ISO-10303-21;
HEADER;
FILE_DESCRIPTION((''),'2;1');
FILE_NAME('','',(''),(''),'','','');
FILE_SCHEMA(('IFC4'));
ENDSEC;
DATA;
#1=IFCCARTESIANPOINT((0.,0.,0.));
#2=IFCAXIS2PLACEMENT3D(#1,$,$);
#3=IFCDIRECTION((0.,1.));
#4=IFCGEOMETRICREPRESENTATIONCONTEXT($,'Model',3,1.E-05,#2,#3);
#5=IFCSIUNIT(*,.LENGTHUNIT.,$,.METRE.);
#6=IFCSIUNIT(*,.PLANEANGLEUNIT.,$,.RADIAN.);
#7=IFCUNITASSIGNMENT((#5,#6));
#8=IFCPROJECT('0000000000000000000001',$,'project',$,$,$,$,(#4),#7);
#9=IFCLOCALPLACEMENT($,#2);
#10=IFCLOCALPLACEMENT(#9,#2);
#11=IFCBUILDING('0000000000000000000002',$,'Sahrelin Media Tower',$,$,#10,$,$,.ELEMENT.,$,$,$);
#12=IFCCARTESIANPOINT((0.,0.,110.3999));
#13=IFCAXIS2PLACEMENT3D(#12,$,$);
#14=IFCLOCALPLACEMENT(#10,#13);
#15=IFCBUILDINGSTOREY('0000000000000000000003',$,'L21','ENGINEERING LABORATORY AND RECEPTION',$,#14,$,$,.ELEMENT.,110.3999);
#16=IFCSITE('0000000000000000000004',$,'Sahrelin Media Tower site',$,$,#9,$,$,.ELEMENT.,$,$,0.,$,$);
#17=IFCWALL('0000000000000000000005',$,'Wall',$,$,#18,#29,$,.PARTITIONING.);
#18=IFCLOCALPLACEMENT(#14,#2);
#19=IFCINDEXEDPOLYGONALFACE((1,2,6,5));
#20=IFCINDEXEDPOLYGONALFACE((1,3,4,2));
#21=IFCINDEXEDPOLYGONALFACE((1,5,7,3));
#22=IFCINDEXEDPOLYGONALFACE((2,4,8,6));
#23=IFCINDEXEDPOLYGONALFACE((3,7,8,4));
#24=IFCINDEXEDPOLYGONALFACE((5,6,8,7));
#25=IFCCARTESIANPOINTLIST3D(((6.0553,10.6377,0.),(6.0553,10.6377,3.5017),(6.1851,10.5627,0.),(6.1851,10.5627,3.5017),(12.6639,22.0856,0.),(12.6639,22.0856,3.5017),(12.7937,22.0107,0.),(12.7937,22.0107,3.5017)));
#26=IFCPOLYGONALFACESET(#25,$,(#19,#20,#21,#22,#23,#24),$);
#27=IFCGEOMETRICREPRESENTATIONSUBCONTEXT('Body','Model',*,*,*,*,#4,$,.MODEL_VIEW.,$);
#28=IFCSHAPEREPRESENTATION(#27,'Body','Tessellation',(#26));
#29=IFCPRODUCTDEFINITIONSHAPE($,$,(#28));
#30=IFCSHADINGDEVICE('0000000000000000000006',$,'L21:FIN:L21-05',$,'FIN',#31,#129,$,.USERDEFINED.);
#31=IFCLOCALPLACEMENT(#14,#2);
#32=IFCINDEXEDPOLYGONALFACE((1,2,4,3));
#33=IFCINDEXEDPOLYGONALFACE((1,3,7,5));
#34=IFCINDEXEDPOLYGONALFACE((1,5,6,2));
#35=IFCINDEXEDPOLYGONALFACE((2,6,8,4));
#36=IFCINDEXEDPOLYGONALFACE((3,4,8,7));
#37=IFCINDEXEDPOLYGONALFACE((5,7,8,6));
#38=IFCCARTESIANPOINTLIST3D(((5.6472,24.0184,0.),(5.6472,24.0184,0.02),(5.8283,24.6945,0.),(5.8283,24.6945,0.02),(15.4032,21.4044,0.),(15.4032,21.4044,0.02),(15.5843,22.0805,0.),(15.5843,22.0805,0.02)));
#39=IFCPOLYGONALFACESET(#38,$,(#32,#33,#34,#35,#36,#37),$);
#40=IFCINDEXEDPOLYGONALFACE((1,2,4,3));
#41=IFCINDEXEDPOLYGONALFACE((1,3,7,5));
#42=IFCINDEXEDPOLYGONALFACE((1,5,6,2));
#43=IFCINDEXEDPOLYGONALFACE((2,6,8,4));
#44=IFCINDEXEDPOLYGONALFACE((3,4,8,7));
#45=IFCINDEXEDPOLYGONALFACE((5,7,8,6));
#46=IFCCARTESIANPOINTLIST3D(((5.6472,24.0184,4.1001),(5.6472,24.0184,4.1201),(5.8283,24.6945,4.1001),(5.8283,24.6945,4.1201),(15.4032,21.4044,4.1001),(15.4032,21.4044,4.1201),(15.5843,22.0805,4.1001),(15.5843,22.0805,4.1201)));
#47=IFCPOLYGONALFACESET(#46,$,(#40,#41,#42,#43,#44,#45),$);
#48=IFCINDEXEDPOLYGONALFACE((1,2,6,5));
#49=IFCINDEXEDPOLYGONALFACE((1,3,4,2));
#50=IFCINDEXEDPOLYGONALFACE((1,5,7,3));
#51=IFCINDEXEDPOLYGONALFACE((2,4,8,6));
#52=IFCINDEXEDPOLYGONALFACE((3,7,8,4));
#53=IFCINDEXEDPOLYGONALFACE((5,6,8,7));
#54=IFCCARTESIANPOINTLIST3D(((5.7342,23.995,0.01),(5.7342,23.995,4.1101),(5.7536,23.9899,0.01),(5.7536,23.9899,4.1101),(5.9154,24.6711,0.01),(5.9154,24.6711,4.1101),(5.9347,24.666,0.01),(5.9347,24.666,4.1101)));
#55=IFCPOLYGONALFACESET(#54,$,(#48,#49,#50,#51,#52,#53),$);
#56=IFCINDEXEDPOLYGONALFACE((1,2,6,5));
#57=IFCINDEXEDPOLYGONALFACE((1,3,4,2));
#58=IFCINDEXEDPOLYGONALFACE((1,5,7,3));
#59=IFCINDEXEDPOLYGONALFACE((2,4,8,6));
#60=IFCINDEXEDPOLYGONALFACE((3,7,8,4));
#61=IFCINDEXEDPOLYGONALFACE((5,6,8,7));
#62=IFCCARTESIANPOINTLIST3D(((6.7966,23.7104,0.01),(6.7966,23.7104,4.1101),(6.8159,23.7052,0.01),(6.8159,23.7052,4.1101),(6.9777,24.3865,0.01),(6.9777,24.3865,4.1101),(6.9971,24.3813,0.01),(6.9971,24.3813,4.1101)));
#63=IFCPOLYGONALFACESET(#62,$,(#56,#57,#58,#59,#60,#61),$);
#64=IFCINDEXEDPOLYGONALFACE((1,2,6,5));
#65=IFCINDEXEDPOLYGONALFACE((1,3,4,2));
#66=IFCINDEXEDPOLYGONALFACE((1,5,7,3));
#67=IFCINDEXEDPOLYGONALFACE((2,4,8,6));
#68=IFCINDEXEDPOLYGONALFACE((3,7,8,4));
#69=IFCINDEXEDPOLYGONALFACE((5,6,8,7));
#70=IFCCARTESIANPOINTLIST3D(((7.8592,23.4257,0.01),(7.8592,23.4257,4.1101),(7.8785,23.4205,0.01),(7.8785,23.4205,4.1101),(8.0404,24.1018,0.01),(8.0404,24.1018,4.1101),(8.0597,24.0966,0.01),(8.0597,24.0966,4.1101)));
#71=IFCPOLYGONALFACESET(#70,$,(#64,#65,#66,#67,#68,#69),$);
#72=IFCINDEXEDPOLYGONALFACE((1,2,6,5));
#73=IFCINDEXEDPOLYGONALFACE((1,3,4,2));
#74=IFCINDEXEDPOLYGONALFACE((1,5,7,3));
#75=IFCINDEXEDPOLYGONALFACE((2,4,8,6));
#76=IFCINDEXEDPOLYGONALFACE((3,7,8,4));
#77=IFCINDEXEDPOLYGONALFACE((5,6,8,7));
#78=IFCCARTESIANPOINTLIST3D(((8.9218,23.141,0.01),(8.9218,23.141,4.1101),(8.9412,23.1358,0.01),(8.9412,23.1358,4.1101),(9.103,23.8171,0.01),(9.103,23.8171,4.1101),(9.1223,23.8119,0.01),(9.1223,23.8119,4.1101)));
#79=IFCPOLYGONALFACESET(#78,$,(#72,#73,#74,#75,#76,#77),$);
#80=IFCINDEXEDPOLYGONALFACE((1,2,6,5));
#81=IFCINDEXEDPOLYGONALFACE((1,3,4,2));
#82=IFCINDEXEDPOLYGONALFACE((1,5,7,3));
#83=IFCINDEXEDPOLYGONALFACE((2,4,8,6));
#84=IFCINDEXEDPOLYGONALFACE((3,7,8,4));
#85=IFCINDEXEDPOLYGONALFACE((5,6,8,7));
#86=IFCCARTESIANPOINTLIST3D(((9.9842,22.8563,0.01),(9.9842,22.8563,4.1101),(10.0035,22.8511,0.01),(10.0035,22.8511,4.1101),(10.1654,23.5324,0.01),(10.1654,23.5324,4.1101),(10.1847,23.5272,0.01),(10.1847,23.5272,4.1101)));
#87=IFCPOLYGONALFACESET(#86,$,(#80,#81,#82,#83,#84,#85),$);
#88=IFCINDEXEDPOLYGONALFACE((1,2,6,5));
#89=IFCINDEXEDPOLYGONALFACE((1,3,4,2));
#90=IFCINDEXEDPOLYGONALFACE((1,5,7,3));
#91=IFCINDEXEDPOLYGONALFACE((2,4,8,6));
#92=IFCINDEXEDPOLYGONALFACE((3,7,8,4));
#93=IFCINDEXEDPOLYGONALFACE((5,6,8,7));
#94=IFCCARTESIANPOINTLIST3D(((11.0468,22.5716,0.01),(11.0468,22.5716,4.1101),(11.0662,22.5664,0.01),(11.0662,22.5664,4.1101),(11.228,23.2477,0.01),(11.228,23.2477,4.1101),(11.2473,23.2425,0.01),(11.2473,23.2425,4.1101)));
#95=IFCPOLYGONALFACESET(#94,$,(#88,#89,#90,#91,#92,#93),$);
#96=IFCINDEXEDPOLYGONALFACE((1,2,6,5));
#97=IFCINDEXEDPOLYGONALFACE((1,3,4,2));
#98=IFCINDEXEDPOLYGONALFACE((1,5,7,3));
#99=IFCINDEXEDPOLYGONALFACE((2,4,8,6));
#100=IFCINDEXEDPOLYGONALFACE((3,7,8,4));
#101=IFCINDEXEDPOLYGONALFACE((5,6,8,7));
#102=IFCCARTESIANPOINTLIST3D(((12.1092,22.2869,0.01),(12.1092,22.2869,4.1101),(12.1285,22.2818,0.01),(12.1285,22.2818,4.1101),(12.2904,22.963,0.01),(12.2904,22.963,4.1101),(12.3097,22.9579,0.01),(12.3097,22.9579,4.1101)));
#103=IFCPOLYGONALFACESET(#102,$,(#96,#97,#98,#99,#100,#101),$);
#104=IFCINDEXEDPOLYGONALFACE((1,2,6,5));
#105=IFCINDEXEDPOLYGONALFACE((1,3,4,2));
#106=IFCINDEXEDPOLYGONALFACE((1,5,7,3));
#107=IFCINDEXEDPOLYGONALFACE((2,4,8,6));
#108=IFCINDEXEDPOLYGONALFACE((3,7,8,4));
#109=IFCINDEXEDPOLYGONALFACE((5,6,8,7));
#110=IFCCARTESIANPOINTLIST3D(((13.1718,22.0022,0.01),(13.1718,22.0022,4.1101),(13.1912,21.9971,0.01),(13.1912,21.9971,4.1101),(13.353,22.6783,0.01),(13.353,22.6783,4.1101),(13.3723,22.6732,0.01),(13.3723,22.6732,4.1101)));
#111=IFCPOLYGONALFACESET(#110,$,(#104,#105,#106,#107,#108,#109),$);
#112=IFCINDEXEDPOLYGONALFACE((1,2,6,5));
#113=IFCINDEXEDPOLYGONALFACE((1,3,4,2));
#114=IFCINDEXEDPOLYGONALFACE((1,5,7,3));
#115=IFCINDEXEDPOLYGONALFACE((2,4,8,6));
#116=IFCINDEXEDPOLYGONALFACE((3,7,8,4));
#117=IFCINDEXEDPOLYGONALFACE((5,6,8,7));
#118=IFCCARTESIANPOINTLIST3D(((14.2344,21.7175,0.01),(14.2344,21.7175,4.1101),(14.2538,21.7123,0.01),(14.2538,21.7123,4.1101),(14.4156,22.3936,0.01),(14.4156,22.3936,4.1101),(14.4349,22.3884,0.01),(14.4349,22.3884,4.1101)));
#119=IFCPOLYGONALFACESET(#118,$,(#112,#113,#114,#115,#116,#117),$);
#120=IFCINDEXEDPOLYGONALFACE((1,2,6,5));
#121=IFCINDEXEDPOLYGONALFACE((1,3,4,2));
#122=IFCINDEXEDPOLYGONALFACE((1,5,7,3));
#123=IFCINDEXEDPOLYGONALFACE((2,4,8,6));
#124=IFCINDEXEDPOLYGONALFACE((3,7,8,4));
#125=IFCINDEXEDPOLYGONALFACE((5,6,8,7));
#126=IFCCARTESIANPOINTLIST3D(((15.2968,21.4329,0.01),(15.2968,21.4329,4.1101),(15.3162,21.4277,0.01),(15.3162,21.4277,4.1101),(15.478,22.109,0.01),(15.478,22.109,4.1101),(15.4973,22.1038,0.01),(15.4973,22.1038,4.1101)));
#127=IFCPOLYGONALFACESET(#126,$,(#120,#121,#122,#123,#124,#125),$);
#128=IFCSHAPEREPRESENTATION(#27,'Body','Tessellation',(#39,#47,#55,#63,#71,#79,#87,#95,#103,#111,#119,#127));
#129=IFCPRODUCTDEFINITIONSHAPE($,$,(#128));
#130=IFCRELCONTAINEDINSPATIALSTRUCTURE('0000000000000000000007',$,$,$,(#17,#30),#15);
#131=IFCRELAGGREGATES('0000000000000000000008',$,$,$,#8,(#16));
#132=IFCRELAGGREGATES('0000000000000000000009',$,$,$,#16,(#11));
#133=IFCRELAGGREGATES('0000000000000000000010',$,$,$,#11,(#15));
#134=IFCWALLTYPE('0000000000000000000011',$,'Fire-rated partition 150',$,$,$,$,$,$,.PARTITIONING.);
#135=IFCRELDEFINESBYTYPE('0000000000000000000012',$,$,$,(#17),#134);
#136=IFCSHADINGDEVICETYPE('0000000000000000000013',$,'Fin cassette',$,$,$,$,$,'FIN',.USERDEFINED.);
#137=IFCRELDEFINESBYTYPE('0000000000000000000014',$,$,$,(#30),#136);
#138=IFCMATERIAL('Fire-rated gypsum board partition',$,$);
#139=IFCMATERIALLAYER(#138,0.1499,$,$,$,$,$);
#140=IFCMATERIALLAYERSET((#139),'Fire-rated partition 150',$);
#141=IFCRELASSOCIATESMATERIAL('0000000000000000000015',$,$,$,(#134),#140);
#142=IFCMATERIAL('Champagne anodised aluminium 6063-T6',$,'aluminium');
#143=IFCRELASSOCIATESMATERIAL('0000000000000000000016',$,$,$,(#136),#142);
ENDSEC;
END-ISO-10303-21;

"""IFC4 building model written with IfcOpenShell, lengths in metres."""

from ifc_helpers import new_model, si_unit, direction, frame, frame_2d, origin, origin_2d, place, context, subcontext, project, spatial, rectangle, extrude, material, layer, layer_set, type_object, element, save


model = new_model("IFC4")

# Units and contexts
model_context = context("Model", 3, precision=1e-05, world=origin(), true_north=direction((0.0, 1.0)))
body_context = subcontext(model_context, "Body", "Model", "MODEL_VIEW")
ifc_project = project(units=[si_unit("LENGTHUNIT", "METRE"), si_unit("PLANEANGLEUNIT", "RADIAN")], contexts=[model_context])

# Site, building, storey
site_placement = place(None, origin())
site = spatial("IfcSite", under=ifc_project, at=site_placement, Name="Sahrelin Media Tower site", CompositionType="ELEMENT", RefElevation=0.0)
building_placement = place(site_placement, origin())
building = spatial("IfcBuilding", under=site, at=building_placement, Name="Sahrelin Media Tower", CompositionType="ELEMENT")
storey_placement = place(building_placement, frame((0.0, 0.0, 110.3999)))
storey = spatial("IfcBuildingStorey", under=building, at=storey_placement, Name="L21", Description="ENGINEERING LABORATORY AND RECEPTION", CompositionType="ELEMENT", Elevation=110.3999)

# Shared definitions
ifc_material_1 = material(Name="Champagne anodised aluminium 6063-T6", Category="aluminium")

# Wall
ifc_material_2 = material(Name="Fire-rated gypsum board partition")
ifc_layer_1 = layer(ifc_material_2, 0.1499)
ifc_layer_set_1 = layer_set([ifc_layer_1], Name="Fire-rated partition 150")
wall_type = type_object("IfcWallType", Name="Fire-rated partition 150", PredefinedType="PARTITIONING", material=ifc_layer_set_1)
wall_placement = place(storey_placement, frame((6.1201, 10.6001, 0.0), z_axis=(0.0, 0.0, 1.0), x_axis=(0.499951, 0.866054, 0.0)))
element("IfcWall", 1, at=wall_placement, inside=storey, type_object=wall_type, Name="Wall", PredefinedType="PARTITIONING", context=body_context, shape_type="SweptSolid", body=[
    extrude(rectangle(XDim=13.2185, YDim=0.1499, at=frame_2d((6.6094, 0.0))), origin(), (0.0, 0.0, 1.0), 3.5017),
])

# Shading device
shading_device_type_1 = type_object("IfcShadingDeviceType", Name="Fin cassette", ElementType="FIN", PredefinedType="USERDEFINED", material=ifc_material_1)
placement_1 = place(storey_placement, frame((10.5071, 22.6438, 0.0), z_axis=(0.0, 0.0, 1.0), x_axis=(0.965929, -0.258808, 0.0)))
element("IfcShadingDevice", 2, at=placement_1, inside=storey, type_object=shading_device_type_1, Name="L21:FIN:L21-05", ObjectType="FIN", PredefinedType="USERDEFINED", context=body_context, shape_type="SweptSolid", body=[
    extrude(rectangle(XDim=10.1001, YDim=0.7, at=origin_2d()), frame((0.0, 0.4199, 0.0)), (0.0, 0.0, 1.0), 0.02),
    extrude(rectangle(XDim=10.1001, YDim=0.7, at=origin_2d()), frame((0.0, 0.4199, 4.1001)), (0.0, 0.0, 1.0), 0.02),
    extrude(rectangle(XDim=0.02, YDim=0.7, at=origin_2d()), frame((-4.95, 0.4199, 0.01), z_axis=(0.0, 0.0, 1.0), x_axis=(1.0, 0.0, 0.0)), (0.0, 0.0, 1.0), 4.1001),
    extrude(rectangle(XDim=0.02, YDim=0.7, at=origin_2d()), frame((-3.8501, 0.4199, 0.01), z_axis=(0.0, 0.0, 1.0), x_axis=(1.0, 0.0, 0.0)), (0.0, 0.0, 1.0), 4.1001),
    extrude(rectangle(XDim=0.02, YDim=0.7, at=origin_2d()), frame((-2.75, 0.4199, 0.01), z_axis=(0.0, 0.0, 1.0), x_axis=(1.0, 0.0, 0.0)), (0.0, 0.0, 1.0), 4.1001),
    extrude(rectangle(XDim=0.02, YDim=0.7, at=origin_2d()), frame((-1.6499, 0.4199, 0.01), z_axis=(0.0, 0.0, 1.0), x_axis=(1.0, 0.0, 0.0)), (0.0, 0.0, 1.0), 4.1001),
    extrude(rectangle(XDim=0.02, YDim=0.7, at=origin_2d()), frame((-0.55, 0.4199, 0.01), z_axis=(0.0, 0.0, 1.0), x_axis=(1.0, 0.0, 0.0)), (0.0, 0.0, 1.0), 4.1001),
    extrude(rectangle(XDim=0.02, YDim=0.7, at=origin_2d()), frame((0.55, 0.4199, 0.01), z_axis=(0.0, 0.0, 1.0), x_axis=(1.0, 0.0, 0.0)), (0.0, 0.0, 1.0), 4.1001),
    extrude(rectangle(XDim=0.02, YDim=0.7, at=origin_2d()), frame((1.6499, 0.4199, 0.01), z_axis=(0.0, 0.0, 1.0), x_axis=(1.0, 0.0, 0.0)), (0.0, 0.0, 1.0), 4.1001),
    extrude(rectangle(XDim=0.02, YDim=0.7, at=origin_2d()), frame((2.75, 0.4199, 0.01), z_axis=(0.0, 0.0, 1.0), x_axis=(1.0, 0.0, 0.0)), (0.0, 0.0, 1.0), 4.1001),
    extrude(rectangle(XDim=0.02, YDim=0.7, at=origin_2d()), frame((3.8501, 0.4199, 0.01), z_axis=(0.0, 0.0, 1.0), x_axis=(1.0, 0.0, 0.0)), (0.0, 0.0, 1.0), 4.1001),
    extrude(rectangle(XDim=0.02, YDim=0.7, at=origin_2d()), frame((4.95, 0.4199, 0.01), z_axis=(0.0, 0.0, 1.0), x_axis=(1.0, 0.0, 0.0)), (0.0, 0.0, 1.0), 4.1001),
])

save(model, "model.ifc")
